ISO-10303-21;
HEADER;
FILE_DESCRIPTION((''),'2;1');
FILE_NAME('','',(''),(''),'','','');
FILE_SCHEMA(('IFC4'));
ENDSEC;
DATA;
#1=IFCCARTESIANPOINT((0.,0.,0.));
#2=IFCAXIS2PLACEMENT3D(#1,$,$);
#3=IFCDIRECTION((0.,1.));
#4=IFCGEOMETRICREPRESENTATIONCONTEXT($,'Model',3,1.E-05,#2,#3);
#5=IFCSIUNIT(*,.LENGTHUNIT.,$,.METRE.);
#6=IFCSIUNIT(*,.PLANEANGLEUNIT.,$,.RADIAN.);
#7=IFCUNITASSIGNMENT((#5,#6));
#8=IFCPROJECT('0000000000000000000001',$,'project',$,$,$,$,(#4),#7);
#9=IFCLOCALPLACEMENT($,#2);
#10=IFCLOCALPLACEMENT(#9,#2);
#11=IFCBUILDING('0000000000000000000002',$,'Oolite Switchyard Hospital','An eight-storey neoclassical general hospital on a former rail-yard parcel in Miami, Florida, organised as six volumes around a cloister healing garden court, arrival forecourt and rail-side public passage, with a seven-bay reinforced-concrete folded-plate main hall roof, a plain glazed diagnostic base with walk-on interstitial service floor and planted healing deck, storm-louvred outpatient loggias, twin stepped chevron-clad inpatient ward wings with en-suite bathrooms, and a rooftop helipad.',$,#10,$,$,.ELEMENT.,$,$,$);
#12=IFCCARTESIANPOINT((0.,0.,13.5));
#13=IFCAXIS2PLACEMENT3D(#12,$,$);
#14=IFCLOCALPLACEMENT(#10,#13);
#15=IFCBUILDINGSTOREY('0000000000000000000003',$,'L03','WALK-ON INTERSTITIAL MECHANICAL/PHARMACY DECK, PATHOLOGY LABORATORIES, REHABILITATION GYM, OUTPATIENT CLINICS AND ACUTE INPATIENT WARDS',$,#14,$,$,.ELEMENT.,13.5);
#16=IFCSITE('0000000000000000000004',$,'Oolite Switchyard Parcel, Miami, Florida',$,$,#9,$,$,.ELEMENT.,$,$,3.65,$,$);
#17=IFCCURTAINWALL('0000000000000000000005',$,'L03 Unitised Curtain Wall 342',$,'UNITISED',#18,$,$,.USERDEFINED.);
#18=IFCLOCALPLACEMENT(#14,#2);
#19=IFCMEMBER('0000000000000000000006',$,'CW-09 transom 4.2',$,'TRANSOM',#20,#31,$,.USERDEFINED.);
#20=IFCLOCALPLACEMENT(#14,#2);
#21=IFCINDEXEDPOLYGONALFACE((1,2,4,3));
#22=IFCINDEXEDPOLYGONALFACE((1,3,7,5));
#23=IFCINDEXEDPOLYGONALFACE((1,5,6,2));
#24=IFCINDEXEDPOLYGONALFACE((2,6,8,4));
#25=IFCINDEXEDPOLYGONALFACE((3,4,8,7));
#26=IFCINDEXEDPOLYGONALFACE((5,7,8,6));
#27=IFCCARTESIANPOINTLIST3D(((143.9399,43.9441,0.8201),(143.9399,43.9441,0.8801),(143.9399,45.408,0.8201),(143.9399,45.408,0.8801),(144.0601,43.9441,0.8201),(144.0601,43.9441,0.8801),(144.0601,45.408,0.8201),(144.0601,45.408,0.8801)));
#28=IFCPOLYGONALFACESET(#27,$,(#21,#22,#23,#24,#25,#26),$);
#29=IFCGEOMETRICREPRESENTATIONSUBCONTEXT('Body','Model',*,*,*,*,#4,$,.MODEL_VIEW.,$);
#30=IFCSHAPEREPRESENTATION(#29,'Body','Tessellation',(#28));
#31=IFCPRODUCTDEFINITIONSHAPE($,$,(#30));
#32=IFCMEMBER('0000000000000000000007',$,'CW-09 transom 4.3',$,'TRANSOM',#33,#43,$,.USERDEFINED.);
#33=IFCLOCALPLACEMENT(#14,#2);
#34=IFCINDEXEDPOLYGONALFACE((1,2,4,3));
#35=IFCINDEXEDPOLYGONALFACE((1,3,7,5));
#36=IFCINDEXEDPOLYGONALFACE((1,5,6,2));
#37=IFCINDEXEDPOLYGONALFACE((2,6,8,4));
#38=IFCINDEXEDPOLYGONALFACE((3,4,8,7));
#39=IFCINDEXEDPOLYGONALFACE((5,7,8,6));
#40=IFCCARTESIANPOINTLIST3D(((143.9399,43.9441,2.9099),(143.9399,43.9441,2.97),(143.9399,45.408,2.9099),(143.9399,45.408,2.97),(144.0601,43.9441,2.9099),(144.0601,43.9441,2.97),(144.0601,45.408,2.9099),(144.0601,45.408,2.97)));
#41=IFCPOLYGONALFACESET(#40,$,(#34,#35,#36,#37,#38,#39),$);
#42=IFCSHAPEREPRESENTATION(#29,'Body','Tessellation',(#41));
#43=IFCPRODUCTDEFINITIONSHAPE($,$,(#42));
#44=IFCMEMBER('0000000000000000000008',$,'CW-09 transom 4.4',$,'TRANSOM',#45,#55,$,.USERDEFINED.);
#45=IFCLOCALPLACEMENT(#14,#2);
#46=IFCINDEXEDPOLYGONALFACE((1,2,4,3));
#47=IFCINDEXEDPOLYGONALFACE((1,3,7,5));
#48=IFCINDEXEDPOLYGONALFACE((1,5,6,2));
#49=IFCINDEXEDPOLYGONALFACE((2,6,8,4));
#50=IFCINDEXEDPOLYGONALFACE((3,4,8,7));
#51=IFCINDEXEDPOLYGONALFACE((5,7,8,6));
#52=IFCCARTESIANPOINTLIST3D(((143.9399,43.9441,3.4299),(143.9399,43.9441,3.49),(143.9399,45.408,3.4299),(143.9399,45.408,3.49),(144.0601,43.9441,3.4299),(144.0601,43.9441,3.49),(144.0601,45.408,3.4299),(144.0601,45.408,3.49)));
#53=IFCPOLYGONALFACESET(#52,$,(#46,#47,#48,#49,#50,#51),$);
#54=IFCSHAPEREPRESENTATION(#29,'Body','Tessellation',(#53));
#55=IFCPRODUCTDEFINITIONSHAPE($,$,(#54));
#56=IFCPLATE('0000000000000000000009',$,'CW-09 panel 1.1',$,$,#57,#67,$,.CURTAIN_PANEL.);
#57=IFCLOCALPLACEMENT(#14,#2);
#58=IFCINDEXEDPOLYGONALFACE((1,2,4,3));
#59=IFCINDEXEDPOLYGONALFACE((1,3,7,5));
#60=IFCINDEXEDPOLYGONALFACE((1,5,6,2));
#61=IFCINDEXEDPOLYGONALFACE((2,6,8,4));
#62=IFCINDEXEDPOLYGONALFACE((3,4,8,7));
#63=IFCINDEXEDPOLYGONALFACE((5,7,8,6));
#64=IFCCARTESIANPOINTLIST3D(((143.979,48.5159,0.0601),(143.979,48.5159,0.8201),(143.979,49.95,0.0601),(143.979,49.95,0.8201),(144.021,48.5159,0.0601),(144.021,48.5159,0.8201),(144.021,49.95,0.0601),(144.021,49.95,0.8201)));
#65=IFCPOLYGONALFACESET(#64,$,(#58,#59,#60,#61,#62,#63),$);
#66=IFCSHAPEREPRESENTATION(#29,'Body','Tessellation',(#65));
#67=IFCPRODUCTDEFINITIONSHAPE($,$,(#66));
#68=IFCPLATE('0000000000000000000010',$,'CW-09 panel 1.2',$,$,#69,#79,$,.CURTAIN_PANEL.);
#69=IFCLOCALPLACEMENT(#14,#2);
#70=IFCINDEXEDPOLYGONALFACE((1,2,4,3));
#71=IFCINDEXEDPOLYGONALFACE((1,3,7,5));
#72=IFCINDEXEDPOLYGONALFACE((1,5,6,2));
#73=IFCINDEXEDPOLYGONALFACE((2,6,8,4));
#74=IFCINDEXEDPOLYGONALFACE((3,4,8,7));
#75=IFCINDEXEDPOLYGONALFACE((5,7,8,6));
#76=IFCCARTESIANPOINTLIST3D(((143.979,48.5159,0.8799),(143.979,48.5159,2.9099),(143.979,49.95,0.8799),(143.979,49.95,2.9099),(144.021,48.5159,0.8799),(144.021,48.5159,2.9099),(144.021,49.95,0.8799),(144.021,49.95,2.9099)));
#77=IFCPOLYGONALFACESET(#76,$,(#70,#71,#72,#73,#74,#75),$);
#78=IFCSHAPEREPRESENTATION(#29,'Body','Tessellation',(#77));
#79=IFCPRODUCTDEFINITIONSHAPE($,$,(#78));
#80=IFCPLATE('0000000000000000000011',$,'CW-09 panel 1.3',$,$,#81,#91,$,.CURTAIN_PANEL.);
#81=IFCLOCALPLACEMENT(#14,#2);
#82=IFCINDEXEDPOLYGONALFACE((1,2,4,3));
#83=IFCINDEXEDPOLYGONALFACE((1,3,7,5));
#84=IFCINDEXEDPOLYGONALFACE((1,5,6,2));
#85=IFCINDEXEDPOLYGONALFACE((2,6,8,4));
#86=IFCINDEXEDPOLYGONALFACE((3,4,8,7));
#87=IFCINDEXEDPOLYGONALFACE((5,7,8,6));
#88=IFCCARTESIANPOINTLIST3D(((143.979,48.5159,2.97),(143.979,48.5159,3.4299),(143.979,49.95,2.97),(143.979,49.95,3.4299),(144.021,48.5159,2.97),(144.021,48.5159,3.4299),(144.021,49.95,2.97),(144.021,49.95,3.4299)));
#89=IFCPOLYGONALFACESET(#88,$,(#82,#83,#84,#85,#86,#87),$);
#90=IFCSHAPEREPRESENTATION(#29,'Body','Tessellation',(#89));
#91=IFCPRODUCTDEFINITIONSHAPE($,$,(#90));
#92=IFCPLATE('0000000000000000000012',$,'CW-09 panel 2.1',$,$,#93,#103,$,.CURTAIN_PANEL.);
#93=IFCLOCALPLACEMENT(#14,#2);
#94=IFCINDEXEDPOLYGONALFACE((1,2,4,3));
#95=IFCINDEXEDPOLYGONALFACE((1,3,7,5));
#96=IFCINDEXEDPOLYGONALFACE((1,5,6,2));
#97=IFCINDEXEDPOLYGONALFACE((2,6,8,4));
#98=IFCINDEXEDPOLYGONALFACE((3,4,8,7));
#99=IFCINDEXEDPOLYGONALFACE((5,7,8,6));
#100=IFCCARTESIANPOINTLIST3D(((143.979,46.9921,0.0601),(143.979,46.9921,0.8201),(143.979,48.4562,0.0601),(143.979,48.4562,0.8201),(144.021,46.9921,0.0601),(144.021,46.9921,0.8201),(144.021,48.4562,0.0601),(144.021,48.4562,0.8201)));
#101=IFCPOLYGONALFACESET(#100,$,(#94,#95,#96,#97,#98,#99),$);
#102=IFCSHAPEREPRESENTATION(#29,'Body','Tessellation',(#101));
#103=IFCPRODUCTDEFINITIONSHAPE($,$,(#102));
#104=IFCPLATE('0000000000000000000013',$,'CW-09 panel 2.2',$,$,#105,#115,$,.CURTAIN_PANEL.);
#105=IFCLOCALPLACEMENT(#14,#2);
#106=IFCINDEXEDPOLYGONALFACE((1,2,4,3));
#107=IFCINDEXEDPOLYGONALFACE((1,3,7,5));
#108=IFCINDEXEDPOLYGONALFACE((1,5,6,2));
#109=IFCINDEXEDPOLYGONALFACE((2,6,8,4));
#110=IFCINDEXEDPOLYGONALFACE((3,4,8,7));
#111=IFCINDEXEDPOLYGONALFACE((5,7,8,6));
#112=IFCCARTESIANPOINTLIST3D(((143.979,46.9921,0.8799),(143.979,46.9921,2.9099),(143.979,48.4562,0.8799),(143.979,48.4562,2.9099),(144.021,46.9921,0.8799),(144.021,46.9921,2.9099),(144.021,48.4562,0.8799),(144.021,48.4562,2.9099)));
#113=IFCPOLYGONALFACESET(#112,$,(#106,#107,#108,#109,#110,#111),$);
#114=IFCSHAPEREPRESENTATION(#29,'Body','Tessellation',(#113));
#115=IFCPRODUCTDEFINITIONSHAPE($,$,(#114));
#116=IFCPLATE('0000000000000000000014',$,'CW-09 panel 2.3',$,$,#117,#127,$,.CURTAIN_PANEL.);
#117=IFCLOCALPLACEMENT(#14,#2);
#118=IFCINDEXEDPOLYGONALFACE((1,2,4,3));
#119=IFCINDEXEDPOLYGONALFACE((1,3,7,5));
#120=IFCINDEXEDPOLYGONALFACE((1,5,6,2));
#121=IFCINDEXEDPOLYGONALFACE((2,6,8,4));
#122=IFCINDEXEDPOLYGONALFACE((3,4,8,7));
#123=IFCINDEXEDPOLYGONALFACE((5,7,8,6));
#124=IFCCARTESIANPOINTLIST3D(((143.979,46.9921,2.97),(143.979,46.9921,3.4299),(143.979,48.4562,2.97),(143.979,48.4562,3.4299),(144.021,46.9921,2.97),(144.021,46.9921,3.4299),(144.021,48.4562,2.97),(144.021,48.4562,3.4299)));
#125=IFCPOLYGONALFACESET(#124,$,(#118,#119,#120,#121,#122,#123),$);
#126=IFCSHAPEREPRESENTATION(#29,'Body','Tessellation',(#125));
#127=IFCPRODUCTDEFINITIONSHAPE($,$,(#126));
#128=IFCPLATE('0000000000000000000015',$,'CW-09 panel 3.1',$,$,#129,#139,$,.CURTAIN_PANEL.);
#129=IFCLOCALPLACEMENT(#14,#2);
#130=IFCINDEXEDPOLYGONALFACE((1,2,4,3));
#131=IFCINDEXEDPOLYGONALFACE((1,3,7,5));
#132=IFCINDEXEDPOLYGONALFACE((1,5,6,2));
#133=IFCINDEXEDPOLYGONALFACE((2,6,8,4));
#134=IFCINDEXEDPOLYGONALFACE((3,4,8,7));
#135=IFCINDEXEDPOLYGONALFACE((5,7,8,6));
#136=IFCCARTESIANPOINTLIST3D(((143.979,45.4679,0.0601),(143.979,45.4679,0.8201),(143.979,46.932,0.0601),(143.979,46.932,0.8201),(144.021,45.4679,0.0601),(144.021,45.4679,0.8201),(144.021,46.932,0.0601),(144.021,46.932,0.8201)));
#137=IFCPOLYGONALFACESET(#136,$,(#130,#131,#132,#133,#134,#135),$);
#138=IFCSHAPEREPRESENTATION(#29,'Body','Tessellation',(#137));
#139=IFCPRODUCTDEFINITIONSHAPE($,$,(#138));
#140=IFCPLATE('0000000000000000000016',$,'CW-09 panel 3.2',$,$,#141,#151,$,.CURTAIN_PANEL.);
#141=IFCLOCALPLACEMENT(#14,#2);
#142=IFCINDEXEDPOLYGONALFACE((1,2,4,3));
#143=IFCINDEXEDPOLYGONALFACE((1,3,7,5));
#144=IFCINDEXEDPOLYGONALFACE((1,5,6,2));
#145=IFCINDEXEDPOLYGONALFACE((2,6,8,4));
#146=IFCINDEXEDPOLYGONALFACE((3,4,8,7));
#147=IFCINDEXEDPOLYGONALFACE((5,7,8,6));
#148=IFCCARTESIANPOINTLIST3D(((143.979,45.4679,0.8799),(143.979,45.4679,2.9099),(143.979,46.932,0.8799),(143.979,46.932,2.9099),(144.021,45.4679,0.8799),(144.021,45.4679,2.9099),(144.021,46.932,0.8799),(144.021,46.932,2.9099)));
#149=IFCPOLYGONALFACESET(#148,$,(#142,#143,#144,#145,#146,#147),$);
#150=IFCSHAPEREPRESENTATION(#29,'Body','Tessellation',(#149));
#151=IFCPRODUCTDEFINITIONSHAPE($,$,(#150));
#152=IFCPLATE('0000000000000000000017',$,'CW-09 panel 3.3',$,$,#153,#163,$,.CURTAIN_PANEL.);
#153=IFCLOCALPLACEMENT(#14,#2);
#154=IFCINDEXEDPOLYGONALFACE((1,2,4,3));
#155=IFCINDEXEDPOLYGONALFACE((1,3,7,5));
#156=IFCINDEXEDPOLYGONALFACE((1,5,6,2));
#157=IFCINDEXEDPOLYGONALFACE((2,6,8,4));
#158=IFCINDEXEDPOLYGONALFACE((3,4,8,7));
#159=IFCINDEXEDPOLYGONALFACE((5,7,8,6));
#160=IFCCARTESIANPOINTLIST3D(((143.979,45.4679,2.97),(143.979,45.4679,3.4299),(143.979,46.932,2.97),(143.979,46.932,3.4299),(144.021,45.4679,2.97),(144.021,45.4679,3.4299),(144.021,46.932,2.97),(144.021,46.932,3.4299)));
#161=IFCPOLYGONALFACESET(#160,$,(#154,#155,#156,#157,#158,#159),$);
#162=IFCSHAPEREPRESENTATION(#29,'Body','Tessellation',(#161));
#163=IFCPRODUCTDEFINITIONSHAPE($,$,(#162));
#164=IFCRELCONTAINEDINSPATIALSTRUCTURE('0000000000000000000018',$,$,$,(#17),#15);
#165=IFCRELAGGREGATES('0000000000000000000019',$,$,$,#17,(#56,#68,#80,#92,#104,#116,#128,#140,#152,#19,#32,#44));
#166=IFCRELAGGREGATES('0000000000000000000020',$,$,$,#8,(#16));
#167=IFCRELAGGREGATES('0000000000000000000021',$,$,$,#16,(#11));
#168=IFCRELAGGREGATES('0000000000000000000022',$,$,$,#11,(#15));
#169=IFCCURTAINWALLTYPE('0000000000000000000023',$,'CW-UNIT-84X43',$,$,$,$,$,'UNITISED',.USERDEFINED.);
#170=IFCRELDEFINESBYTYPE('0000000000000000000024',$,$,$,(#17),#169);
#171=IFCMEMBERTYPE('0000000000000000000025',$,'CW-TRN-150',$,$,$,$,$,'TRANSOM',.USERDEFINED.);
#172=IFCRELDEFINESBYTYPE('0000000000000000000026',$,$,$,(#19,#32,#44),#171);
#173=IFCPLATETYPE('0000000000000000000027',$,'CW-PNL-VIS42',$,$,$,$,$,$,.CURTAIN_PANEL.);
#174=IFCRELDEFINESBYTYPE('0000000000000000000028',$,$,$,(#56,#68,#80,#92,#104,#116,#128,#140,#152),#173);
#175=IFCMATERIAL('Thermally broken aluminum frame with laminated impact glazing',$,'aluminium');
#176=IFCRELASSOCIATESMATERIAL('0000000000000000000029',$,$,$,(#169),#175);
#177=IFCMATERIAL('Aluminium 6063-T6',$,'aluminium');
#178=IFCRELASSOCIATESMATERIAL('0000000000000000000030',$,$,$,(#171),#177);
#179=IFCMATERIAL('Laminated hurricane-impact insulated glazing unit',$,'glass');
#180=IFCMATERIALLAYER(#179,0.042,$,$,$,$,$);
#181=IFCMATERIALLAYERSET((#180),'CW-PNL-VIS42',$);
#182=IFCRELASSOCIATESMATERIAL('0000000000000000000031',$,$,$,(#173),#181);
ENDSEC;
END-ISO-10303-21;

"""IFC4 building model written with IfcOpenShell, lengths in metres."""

from ifc_helpers import new_model, si_unit, direction, frame, origin, origin_2d, place, context, subcontext, project, spatial, rectangle, extrude, material, layer, layer_set, material_profile, profile_set, type_object, element, aggregate, save


model = new_model("IFC4")

# Units and contexts
model_context = context("Model", 3, precision=1e-05, world=origin(), true_north=direction((0.0, 1.0)))
body_context = subcontext(model_context, "Body", "Model", "MODEL_VIEW")
ifc_project = project(units=[si_unit("LENGTHUNIT", "METRE"), si_unit("PLANEANGLEUNIT", "RADIAN")], contexts=[model_context])

# Site, building, storey
site_placement = place(None, origin())
site = spatial("IfcSite", under=ifc_project, at=site_placement, Name="Oolite Switchyard Parcel, Miami, Florida", CompositionType="ELEMENT", RefElevation=3.65)
building_placement = place(site_placement, origin())
building = spatial("IfcBuilding", under=site, at=building_placement, Name="Oolite Switchyard Hospital", Description="An eight-storey neoclassical general hospital on a former rail-yard parcel in Miami, Florida, organised as six volumes around a cloister healing garden court, arrival forecourt and rail-side public passage, with a seven-bay reinforced-concrete folded-plate main hall roof, a plain glazed diagnostic base with walk-on interstitial service floor and planted healing deck, storm-louvred outpatient loggias, twin stepped chevron-clad inpatient ward wings with en-suite bathrooms, and a rooftop helipad.", CompositionType="ELEMENT")
storey_placement = place(building_placement, frame((0.0, 0.0, 13.5)))
storey = spatial("IfcBuildingStorey", under=building, at=storey_placement, Name="L03", Description="WALK-ON INTERSTITIAL MECHANICAL/PHARMACY DECK, PATHOLOGY LABORATORIES, REHABILITATION GYM, OUTPATIENT CLINICS AND ACUTE INPATIENT WARDS", CompositionType="ELEMENT", Elevation=13.5)

# Curtain wall, members, plates
ifc_material_1 = material(Name="Thermally broken aluminum frame with laminated impact glazing", Category="aluminium")
curtain_wall_type = type_object("IfcCurtainWallType", Name="CW-UNIT-84X43", ElementType="UNITISED", PredefinedType="USERDEFINED", material=ifc_material_1)
curtain_wall_placement = place(storey_placement, origin())
curtain_wall = element("IfcCurtainWall", 1, at=curtain_wall_placement, inside=storey, type_object=curtain_wall_type, Name="L03 Unitised Curtain Wall 342", ObjectType="UNITISED", PredefinedType="USERDEFINED")
ifc_material_2 = material(Name="Aluminium 6063-T6", Category="aluminium")
ifc_material_profile_1 = material_profile(ifc_material_2, rectangle(XDim=0.1201, YDim=0.0601, at=origin_2d()), Name="CWT60X120")
ifc_profile_set_1 = profile_set([ifc_material_profile_1], Name="Aluminium 6063-T6")
member_type_1 = type_object("IfcMemberType", Name="CW-TRN-150", ElementType="TRANSOM", PredefinedType="USERDEFINED", material=ifc_profile_set_1)
member_1_placement = place(storey_placement, frame((144.0, 45.408, 0.8501), z_axis=(0.0, -1.0, 0.0), x_axis=(1.0, 0.0, 0.0)))
member_1 = element("IfcMember", 2, at=member_1_placement, type_object=member_type_1, Name="CW-09 transom 4.2", ObjectType="TRANSOM", PredefinedType="USERDEFINED", context=body_context, shape_type="SweptSolid", body=[
    extrude(rectangle(XDim=0.1201, YDim=0.0601, at=origin_2d()), origin(), (0.0, 0.0, 1.0), 1.4639),
])
member_2_placement = place(storey_placement, frame((144.0, 45.408, 2.9399), z_axis=(0.0, -1.0, 0.0), x_axis=(1.0, 0.0, 0.0)))
member_2 = element("IfcMember", 3, at=member_2_placement, type_object=member_type_1, Name="CW-09 transom 4.3", ObjectType="TRANSOM", PredefinedType="USERDEFINED", context=body_context, shape_type="SweptSolid", body=[
    extrude(rectangle(XDim=0.1201, YDim=0.0601, at=origin_2d()), origin(), (0.0, 0.0, 1.0), 1.4639),
])
member_3_placement = place(storey_placement, frame((144.0, 45.408, 3.46), z_axis=(0.0, -1.0, 0.0), x_axis=(1.0, 0.0, 0.0)))
member_3 = element("IfcMember", 4, at=member_3_placement, type_object=member_type_1, Name="CW-09 transom 4.4", ObjectType="TRANSOM", PredefinedType="USERDEFINED", context=body_context, shape_type="SweptSolid", body=[
    extrude(rectangle(XDim=0.1201, YDim=0.0601, at=origin_2d()), origin(), (0.0, 0.0, 1.0), 1.4639),
])
ifc_material_3 = material(Name="Laminated hurricane-impact insulated glazing unit", Category="glass")
ifc_layer = layer(ifc_material_3, 0.042)
ifc_layer_set = layer_set([ifc_layer], Name="CW-PNL-VIS42")
plate_type = type_object("IfcPlateType", Name="CW-PNL-VIS42", PredefinedType="CURTAIN_PANEL", material=ifc_layer_set)
plate_1_placement = place(storey_placement, frame((144.0, 49.2329, 0.0601), z_axis=(0.0, 0.0, 1.0), x_axis=(0.0, -1.0, 0.0)))
plate_1 = element("IfcPlate", 5, at=plate_1_placement, type_object=plate_type, Name="CW-09 panel 1.1", PredefinedType="CURTAIN_PANEL", context=body_context, shape_type="SweptSolid", body=[
    extrude(rectangle(XDim=1.4341, YDim=0.042, at=origin_2d()), origin(), (0.0, 0.0, 1.0), 0.76),
])
plate_2_placement = place(storey_placement, frame((144.0, 49.2329, 0.8799), z_axis=(0.0, 0.0, 1.0), x_axis=(0.0, -1.0, 0.0)))
plate_2 = element("IfcPlate", 6, at=plate_2_placement, type_object=plate_type, Name="CW-09 panel 1.2", PredefinedType="CURTAIN_PANEL", context=body_context, shape_type="SweptSolid", body=[
    extrude(rectangle(XDim=1.4341, YDim=0.042, at=origin_2d()), origin(), (0.0, 0.0, 1.0), 2.03),
])
plate_3_placement = place(storey_placement, frame((144.0, 49.2329, 2.97), z_axis=(0.0, 0.0, 1.0), x_axis=(0.0, -1.0, 0.0)))
plate_3 = element("IfcPlate", 7, at=plate_3_placement, type_object=plate_type, Name="CW-09 panel 1.3", PredefinedType="CURTAIN_PANEL", context=body_context, shape_type="SweptSolid", body=[
    extrude(rectangle(XDim=1.4341, YDim=0.042, at=origin_2d()), origin(), (0.0, 0.0, 1.0), 0.46),
])
plate_4_placement = place(storey_placement, frame((144.0, 47.7241, 0.0601), z_axis=(0.0, 0.0, 1.0), x_axis=(0.0, -1.0, 0.0)))
plate_4 = element("IfcPlate", 8, at=plate_4_placement, type_object=plate_type, Name="CW-09 panel 2.1", PredefinedType="CURTAIN_PANEL", context=body_context, shape_type="SweptSolid", body=[
    extrude(rectangle(XDim=1.4641, YDim=0.042, at=origin_2d()), origin(), (0.0, 0.0, 1.0), 0.76),
])
plate_5_placement = place(storey_placement, frame((144.0, 47.7241, 0.8799), z_axis=(0.0, 0.0, 1.0), x_axis=(0.0, -1.0, 0.0)))
plate_5 = element("IfcPlate", 9, at=plate_5_placement, type_object=plate_type, Name="CW-09 panel 2.2", PredefinedType="CURTAIN_PANEL", context=body_context, shape_type="SweptSolid", body=[
    extrude(rectangle(XDim=1.4641, YDim=0.042, at=origin_2d()), origin(), (0.0, 0.0, 1.0), 2.03),
])
plate_6_placement = place(storey_placement, frame((144.0, 47.7241, 2.97), z_axis=(0.0, 0.0, 1.0), x_axis=(0.0, -1.0, 0.0)))
plate_6 = element("IfcPlate", 10, at=plate_6_placement, type_object=plate_type, Name="CW-09 panel 2.3", PredefinedType="CURTAIN_PANEL", context=body_context, shape_type="SweptSolid", body=[
    extrude(rectangle(XDim=1.4641, YDim=0.042, at=origin_2d()), origin(), (0.0, 0.0, 1.0), 0.46),
])
plate_7_placement = place(storey_placement, frame((144.0, 46.2, 0.0601), z_axis=(0.0, 0.0, 1.0), x_axis=(0.0, -1.0, 0.0)))
plate_7 = element("IfcPlate", 11, at=plate_7_placement, type_object=plate_type, Name="CW-09 panel 3.1", PredefinedType="CURTAIN_PANEL", context=body_context, shape_type="SweptSolid", body=[
    extrude(rectangle(XDim=1.4641, YDim=0.042, at=origin_2d()), origin(), (0.0, 0.0, 1.0), 0.76),
])
plate_8_placement = place(storey_placement, frame((144.0, 46.2, 0.8799), z_axis=(0.0, 0.0, 1.0), x_axis=(0.0, -1.0, 0.0)))
plate_8 = element("IfcPlate", 12, at=plate_8_placement, type_object=plate_type, Name="CW-09 panel 3.2", PredefinedType="CURTAIN_PANEL", context=body_context, shape_type="SweptSolid", body=[
    extrude(rectangle(XDim=1.4641, YDim=0.042, at=origin_2d()), origin(), (0.0, 0.0, 1.0), 2.03),
])
plate_9_placement = place(storey_placement, frame((144.0, 46.2, 2.97), z_axis=(0.0, 0.0, 1.0), x_axis=(0.0, -1.0, 0.0)))
plate_9 = element("IfcPlate", 13, at=plate_9_placement, type_object=plate_type, Name="CW-09 panel 3.3", PredefinedType="CURTAIN_PANEL", context=body_context, shape_type="SweptSolid", body=[
    extrude(rectangle(XDim=1.4641, YDim=0.042, at=origin_2d()), origin(), (0.0, 0.0, 1.0), 0.46),
])
aggregate(curtain_wall, [plate_1, plate_2, plate_3, plate_4, plate_5, plate_6, plate_7, plate_8, plate_9, member_1, member_2, member_3])

save(model, "model.ifc")
